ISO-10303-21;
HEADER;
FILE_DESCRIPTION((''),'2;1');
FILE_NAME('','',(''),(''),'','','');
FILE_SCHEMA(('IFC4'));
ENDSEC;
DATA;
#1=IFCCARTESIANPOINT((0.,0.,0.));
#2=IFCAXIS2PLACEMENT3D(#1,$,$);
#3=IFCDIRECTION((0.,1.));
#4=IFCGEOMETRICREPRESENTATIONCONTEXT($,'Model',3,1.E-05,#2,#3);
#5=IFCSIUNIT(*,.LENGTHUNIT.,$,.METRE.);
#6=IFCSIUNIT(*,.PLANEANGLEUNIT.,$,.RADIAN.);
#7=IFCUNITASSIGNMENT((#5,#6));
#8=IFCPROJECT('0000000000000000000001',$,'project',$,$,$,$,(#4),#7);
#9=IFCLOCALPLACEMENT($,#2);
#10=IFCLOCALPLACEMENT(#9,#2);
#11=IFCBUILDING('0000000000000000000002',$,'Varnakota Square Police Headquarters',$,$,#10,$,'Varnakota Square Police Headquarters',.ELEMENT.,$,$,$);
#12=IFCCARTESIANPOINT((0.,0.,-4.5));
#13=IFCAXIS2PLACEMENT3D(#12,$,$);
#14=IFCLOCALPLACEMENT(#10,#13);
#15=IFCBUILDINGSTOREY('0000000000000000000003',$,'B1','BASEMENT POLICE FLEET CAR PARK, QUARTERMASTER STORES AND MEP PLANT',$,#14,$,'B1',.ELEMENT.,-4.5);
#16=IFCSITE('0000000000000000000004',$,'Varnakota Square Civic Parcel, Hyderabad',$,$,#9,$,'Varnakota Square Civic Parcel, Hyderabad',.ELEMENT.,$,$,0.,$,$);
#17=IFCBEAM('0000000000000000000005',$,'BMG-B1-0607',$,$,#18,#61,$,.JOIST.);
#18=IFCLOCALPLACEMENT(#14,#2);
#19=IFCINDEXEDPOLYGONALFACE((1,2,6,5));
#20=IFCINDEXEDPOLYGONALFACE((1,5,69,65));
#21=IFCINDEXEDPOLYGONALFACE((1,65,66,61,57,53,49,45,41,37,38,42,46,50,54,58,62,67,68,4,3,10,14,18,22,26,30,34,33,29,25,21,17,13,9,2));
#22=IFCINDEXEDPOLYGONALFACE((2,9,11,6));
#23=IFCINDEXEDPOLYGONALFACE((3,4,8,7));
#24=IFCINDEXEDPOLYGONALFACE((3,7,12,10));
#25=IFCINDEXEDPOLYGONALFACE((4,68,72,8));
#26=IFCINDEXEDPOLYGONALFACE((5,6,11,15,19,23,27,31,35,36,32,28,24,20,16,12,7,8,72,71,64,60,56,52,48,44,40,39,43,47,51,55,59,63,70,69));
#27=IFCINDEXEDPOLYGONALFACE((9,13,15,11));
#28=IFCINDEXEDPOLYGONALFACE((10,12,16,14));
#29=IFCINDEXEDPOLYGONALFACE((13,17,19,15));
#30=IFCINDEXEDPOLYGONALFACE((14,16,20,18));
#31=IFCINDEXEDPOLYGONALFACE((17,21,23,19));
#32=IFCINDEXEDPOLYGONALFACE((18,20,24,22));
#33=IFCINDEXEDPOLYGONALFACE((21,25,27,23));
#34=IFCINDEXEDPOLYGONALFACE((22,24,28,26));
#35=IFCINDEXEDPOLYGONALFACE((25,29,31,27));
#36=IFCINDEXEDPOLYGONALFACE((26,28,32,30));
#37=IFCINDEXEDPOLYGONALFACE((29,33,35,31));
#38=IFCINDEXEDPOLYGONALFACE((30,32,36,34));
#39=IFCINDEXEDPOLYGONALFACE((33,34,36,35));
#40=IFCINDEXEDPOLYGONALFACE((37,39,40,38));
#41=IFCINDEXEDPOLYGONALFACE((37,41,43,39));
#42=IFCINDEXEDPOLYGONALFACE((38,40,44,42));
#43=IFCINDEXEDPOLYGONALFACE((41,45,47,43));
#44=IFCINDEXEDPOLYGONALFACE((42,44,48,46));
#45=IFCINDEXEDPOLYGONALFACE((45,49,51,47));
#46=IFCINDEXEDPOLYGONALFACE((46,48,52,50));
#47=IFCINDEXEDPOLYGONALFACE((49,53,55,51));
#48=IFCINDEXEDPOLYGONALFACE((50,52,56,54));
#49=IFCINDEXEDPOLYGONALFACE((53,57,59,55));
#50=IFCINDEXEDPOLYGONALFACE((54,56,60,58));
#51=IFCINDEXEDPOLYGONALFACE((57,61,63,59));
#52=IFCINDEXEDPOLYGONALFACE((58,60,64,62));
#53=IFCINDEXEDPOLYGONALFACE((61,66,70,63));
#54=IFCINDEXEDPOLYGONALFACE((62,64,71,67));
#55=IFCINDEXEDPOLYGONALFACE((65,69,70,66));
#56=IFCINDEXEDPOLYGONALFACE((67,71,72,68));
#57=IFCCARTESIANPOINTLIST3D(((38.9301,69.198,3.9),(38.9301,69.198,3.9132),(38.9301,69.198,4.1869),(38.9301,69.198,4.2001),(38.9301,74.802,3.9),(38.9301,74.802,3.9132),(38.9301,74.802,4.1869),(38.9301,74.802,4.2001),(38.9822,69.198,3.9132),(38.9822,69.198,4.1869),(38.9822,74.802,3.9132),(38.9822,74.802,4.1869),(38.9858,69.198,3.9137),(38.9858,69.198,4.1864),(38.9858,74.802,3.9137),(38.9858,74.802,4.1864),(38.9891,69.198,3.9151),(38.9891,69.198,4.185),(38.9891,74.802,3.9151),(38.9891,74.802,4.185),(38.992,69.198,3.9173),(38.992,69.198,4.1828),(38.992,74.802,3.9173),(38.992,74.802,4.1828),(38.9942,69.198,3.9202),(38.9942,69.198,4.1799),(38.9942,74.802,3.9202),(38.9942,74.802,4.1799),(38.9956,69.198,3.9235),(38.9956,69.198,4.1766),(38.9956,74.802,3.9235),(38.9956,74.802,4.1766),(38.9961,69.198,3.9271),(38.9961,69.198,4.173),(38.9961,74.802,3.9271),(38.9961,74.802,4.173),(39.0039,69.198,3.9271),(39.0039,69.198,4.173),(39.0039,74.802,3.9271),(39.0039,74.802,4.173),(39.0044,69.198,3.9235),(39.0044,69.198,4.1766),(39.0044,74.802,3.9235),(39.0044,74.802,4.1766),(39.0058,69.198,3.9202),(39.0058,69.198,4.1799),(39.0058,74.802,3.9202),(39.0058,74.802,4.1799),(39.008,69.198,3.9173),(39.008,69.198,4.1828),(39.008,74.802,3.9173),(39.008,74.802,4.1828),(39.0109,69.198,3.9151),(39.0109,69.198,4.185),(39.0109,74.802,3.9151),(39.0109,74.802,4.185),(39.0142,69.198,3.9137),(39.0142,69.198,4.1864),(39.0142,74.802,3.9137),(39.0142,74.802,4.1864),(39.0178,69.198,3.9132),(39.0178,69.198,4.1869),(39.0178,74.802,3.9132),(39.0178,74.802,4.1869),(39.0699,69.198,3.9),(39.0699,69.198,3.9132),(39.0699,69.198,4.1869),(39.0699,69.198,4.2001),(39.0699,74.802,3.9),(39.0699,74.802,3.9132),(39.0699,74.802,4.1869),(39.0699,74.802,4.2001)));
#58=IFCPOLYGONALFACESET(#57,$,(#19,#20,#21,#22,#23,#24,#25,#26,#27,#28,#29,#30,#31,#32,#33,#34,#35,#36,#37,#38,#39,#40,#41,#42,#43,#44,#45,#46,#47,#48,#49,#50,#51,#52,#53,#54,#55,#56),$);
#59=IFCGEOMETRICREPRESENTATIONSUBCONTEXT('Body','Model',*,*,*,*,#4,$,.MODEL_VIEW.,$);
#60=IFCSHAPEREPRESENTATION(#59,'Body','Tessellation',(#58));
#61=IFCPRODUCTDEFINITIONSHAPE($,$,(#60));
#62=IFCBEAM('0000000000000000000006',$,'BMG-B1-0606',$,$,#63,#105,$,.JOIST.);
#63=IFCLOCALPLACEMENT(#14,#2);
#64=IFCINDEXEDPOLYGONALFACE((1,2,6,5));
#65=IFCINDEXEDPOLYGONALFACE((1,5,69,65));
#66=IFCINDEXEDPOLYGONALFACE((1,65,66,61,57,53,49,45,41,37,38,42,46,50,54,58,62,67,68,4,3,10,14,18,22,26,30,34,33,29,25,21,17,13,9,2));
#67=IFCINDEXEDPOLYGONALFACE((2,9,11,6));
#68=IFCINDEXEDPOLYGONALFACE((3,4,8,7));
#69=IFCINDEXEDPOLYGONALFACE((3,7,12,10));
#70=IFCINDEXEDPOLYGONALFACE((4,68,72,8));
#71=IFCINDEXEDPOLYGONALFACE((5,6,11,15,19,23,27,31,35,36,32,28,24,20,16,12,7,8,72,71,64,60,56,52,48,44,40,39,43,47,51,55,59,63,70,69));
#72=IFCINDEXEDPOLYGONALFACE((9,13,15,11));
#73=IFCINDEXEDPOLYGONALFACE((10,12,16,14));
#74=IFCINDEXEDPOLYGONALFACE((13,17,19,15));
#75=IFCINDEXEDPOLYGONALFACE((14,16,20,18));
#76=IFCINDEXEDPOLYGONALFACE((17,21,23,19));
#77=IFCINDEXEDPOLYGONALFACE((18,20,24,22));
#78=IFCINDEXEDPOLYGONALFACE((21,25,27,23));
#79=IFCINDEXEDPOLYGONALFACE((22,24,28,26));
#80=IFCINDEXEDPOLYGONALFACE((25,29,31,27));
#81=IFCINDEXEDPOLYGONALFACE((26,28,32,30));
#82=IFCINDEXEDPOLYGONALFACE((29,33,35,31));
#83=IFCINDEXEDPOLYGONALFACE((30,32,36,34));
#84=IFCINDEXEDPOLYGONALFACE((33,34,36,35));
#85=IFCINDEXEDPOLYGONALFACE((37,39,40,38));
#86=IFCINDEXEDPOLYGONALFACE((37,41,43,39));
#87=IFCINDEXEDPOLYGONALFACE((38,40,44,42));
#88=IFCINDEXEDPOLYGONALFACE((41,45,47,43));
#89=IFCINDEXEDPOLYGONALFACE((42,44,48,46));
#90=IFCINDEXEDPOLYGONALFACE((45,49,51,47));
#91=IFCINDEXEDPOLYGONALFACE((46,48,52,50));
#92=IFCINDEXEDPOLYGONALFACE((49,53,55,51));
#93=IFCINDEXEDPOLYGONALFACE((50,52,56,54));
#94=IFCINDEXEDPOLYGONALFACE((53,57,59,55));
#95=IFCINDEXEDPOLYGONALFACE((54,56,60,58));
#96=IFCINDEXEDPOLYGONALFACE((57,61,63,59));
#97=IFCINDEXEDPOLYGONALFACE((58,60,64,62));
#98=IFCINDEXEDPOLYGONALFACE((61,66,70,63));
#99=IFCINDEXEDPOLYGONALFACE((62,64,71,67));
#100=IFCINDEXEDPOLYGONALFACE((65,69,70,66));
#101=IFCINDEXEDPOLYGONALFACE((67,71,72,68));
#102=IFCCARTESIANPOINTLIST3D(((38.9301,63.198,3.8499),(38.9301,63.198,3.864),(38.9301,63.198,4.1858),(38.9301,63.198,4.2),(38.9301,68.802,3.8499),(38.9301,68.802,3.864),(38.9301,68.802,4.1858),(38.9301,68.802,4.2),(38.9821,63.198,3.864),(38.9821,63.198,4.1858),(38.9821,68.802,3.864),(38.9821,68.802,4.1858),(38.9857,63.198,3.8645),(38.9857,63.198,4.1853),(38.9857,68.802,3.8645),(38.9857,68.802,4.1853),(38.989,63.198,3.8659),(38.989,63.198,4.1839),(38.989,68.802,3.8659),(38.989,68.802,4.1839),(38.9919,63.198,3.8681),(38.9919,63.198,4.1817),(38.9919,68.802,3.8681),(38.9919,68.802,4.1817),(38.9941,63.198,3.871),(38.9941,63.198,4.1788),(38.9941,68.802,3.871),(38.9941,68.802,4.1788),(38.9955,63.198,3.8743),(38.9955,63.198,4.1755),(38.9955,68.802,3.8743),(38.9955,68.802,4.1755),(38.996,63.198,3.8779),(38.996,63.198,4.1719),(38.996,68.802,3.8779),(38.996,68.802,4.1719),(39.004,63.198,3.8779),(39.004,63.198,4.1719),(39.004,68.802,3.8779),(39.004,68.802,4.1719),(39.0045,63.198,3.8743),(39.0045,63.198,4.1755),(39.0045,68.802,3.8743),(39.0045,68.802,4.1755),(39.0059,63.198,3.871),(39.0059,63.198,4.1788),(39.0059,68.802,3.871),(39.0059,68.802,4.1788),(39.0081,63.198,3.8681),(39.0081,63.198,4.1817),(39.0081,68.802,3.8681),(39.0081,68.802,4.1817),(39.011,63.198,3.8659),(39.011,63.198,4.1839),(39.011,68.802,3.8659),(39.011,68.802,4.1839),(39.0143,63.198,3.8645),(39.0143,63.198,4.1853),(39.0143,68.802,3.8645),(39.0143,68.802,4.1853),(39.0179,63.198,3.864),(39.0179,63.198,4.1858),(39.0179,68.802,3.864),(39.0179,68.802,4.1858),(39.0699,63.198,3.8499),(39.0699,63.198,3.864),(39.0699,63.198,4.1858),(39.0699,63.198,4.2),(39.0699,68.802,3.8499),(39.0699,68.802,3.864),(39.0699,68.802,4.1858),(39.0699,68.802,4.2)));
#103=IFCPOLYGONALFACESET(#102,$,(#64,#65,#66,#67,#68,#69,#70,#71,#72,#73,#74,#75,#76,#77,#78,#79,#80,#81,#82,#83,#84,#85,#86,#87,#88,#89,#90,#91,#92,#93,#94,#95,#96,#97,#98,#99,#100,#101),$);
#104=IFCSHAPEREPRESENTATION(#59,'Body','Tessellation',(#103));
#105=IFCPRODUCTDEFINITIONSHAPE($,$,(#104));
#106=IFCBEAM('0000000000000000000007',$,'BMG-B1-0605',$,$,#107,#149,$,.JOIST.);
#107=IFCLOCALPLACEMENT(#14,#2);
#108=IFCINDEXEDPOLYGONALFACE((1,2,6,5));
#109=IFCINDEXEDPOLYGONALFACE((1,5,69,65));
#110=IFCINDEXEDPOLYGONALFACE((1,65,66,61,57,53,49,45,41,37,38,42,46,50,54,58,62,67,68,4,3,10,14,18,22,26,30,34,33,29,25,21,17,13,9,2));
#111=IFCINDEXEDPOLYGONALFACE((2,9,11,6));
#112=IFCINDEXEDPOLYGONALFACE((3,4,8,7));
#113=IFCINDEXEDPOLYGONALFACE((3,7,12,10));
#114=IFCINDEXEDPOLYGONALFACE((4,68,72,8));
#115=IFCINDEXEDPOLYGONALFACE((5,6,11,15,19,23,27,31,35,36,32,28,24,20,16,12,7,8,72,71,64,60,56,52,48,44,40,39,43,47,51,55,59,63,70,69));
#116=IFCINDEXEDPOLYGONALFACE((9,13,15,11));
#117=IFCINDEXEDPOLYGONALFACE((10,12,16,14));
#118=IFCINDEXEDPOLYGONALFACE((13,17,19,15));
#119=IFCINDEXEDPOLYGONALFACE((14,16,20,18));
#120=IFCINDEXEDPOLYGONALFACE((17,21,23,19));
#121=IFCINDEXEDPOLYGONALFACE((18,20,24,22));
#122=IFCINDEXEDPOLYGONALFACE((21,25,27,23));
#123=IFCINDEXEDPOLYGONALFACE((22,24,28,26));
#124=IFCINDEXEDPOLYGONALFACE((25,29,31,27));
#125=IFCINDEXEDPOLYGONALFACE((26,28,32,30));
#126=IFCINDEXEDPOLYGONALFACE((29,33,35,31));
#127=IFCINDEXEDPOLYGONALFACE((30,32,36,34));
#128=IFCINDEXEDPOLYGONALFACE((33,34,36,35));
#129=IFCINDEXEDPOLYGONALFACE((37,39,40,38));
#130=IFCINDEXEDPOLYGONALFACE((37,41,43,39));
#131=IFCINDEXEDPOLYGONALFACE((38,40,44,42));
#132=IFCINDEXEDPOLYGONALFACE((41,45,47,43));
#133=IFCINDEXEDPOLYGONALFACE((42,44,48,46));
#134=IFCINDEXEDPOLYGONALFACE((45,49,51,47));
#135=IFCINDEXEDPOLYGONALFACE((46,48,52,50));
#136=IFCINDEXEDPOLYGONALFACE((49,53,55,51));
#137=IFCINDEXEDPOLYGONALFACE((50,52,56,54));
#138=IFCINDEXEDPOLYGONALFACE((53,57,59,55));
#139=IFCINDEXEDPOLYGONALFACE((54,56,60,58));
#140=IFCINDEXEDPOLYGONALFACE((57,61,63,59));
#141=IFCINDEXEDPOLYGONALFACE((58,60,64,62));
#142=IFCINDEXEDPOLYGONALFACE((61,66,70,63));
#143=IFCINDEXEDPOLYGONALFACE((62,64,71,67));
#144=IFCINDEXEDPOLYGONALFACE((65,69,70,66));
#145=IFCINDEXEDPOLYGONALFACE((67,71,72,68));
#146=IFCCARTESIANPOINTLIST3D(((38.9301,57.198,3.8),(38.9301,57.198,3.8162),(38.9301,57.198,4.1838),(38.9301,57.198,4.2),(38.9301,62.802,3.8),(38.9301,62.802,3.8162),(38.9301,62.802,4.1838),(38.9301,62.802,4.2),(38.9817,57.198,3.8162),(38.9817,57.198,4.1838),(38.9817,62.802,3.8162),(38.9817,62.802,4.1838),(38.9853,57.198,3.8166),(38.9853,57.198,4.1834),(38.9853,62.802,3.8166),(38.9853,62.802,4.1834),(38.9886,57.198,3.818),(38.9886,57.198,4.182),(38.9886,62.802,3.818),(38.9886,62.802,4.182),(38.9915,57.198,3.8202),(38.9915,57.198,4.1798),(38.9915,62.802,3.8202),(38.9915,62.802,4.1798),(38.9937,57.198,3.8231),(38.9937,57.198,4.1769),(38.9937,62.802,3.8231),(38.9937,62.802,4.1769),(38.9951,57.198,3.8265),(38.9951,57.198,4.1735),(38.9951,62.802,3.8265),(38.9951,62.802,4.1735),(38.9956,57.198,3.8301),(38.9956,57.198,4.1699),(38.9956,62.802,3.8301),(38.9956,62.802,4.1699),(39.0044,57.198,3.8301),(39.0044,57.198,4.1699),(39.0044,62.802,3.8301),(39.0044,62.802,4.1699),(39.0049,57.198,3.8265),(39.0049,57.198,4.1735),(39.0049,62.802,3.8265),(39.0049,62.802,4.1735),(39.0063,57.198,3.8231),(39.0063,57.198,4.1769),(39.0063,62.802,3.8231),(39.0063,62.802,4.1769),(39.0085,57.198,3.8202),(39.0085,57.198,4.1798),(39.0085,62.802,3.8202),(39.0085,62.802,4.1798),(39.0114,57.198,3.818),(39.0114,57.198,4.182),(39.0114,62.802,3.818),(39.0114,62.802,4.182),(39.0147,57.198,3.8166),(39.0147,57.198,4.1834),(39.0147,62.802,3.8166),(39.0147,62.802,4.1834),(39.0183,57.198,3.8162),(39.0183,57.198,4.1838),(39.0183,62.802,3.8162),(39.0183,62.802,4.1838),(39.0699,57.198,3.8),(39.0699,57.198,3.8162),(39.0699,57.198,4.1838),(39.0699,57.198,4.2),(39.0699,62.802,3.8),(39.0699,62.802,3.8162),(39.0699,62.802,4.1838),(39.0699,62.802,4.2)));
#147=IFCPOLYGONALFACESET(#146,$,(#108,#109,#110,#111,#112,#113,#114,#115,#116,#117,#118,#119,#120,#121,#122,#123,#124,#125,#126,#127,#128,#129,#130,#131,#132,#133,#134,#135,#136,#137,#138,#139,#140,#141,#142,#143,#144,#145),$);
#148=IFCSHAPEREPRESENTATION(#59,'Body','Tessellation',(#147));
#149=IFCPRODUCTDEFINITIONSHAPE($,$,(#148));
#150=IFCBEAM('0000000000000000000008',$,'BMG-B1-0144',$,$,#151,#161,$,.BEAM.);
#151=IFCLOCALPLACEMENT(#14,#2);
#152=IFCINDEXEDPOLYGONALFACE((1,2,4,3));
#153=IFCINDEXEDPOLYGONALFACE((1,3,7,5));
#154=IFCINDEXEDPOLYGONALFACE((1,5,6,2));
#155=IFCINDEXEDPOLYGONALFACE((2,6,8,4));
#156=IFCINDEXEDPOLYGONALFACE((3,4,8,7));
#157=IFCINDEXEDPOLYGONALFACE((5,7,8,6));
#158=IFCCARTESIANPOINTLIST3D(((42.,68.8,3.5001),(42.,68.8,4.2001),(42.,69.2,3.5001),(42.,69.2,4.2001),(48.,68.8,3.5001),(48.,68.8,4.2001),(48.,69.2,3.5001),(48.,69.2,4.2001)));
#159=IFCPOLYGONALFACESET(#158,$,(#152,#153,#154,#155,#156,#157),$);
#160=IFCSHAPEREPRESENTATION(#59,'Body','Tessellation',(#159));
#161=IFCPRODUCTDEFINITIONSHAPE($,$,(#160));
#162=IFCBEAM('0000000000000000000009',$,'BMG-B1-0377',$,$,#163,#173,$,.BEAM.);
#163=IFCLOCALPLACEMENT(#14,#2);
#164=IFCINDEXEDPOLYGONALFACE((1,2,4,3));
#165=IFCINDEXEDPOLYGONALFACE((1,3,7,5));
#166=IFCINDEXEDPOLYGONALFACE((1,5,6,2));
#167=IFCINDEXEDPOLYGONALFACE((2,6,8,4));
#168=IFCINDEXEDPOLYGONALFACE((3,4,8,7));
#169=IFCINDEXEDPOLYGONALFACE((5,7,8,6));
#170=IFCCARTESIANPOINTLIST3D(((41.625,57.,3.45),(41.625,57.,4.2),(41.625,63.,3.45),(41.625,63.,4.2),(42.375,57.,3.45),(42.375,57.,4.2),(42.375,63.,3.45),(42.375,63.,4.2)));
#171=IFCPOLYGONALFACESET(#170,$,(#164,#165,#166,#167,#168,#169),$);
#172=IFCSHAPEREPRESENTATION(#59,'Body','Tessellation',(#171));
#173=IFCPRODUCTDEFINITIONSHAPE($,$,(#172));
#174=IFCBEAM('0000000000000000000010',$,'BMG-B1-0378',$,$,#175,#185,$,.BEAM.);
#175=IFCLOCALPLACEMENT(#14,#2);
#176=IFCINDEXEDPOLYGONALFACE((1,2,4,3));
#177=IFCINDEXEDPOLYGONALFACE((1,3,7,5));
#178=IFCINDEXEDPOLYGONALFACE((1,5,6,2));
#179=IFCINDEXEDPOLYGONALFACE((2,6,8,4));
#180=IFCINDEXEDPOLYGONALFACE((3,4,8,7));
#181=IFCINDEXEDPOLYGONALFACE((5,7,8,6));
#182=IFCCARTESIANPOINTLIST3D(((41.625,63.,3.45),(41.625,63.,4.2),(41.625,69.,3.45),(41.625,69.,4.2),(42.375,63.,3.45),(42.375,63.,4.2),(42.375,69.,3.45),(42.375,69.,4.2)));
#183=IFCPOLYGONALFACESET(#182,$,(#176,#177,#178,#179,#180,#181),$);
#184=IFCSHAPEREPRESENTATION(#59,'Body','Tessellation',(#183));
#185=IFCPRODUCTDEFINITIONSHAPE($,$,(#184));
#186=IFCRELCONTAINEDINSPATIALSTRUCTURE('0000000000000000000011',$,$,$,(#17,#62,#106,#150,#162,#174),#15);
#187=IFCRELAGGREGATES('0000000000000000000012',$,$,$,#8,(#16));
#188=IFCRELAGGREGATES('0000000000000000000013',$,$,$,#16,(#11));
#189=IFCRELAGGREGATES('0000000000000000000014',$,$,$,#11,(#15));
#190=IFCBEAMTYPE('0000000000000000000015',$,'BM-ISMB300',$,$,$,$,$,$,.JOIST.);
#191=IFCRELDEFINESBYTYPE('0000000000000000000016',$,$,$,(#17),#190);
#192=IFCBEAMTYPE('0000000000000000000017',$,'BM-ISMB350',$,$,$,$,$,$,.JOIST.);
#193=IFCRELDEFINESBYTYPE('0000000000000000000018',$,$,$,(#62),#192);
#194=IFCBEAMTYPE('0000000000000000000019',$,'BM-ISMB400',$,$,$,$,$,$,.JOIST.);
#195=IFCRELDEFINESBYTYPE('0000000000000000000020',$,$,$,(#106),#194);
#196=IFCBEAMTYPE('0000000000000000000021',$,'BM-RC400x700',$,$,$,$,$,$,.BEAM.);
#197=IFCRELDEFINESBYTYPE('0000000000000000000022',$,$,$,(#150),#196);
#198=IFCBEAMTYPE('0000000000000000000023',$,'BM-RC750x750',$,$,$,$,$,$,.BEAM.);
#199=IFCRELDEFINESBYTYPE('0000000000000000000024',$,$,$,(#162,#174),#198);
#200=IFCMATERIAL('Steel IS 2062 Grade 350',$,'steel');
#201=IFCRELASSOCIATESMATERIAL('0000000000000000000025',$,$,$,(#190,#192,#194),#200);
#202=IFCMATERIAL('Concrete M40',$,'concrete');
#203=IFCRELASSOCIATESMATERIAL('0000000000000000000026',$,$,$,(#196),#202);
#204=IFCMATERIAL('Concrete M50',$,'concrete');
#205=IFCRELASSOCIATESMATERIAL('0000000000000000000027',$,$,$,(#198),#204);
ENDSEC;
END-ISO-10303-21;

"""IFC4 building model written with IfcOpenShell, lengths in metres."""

from ifc_helpers import new_model, si_unit, direction, frame, origin, origin_2d, place, context, subcontext, project, spatial, rectangle, i_section, extrude, material, material_profile, profile_set, type_object, element, save


model = new_model("IFC4")

# Units and contexts
model_context = context("Model", 3, precision=1e-05, world=origin(), true_north=direction((0.0, 1.0)))
body_context = subcontext(model_context, "Body", "Model", "MODEL_VIEW")
ifc_project = project(units=[si_unit("LENGTHUNIT", "METRE"), si_unit("PLANEANGLEUNIT", "RADIAN")], contexts=[model_context])

# Site, building, storey
site_placement = place(None, origin())
site = spatial("IfcSite", under=ifc_project, at=site_placement, Name="Varnakota Square Civic Parcel, Hyderabad", LongName="Varnakota Square Civic Parcel, Hyderabad", CompositionType="ELEMENT", RefElevation=0.0)
building_placement = place(site_placement, origin())
building = spatial("IfcBuilding", under=site, at=building_placement, Name="Varnakota Square Police Headquarters", LongName="Varnakota Square Police Headquarters", CompositionType="ELEMENT")
storey_placement = place(building_placement, frame((0.0, 0.0, -4.5)))
storey = spatial("IfcBuildingStorey", under=building, at=storey_placement, Name="B1", Description="BASEMENT POLICE FLEET CAR PARK, QUARTERMASTER STORES AND MEP PLANT", LongName="B1", CompositionType="ELEMENT", Elevation=-4.5)

# Shared definitions
ifc_material_1 = material(Name="Concrete M40", Category="concrete")
ifc_material_2 = material(Name="Concrete M50", Category="concrete")

# Beams
ifc_material_3 = material(Name="Steel IS 2062 Grade 350", Category="steel")
ifc_material_profile_1 = material_profile(ifc_material_3, i_section(OverallWidth=0.1399, OverallDepth=0.3, WebThickness=0.0078, FlangeThickness=0.0132, FilletRadius=0.0139, at=origin_2d()), Name="ISMB 300")
ifc_profile_set_1 = profile_set([ifc_material_profile_1], Name="Steel IS 2062 Grade 350")
beam_type_1 = type_object("IfcBeamType", Name="BM-ISMB300", PredefinedType="JOIST", material=ifc_profile_set_1)
beam_1_placement = place(storey_placement, frame((39.0, 69.198, 4.05), z_axis=(0.0, 1.0, 0.0), x_axis=(-1.0, 0.0, 0.0)))
element("IfcBeam", 1, at=beam_1_placement, inside=storey, type_object=beam_type_1, Name="BMG-B1-0607", PredefinedType="JOIST", context=body_context, shape_type="SweptSolid", body=[
    extrude(i_section(OverallWidth=0.1399, OverallDepth=0.3, WebThickness=0.0078, FlangeThickness=0.0132, FilletRadius=0.0139, at=origin_2d()), origin(), (0.0, 0.0, 1.0), 5.604),
])
ifc_material_profile_2 = material_profile(ifc_material_3, i_section(OverallWidth=0.1399, OverallDepth=0.3501, WebThickness=0.0081, FlangeThickness=0.0142, FilletRadius=0.0139, at=origin_2d()), Name="ISMB 350")
ifc_profile_set_2 = profile_set([ifc_material_profile_2], Name="Steel IS 2062 Grade 350")
beam_type_2 = type_object("IfcBeamType", Name="BM-ISMB350", PredefinedType="JOIST", material=ifc_profile_set_2)
beam_2_placement = place(storey_placement, frame((39.0, 63.198, 4.0249), z_axis=(0.0, 1.0, 0.0), x_axis=(-1.0, 0.0, 0.0)))
element("IfcBeam", 2, at=beam_2_placement, inside=storey, type_object=beam_type_2, Name="BMG-B1-0606", PredefinedType="JOIST", context=body_context, shape_type="SweptSolid", body=[
    extrude(i_section(OverallWidth=0.1399, OverallDepth=0.3501, WebThickness=0.0081, FlangeThickness=0.0142, FilletRadius=0.0139, at=origin_2d()), origin(), (0.0, 0.0, 1.0), 5.604),
])
ifc_material_profile_3 = material_profile(ifc_material_3, i_section(OverallWidth=0.1399, OverallDepth=0.3999, WebThickness=0.0088, FlangeThickness=0.0161, FilletRadius=0.0139, at=origin_2d()), Name="ISMB 400")
ifc_profile_set_3 = profile_set([ifc_material_profile_3], Name="Steel IS 2062 Grade 350")
beam_type_3 = type_object("IfcBeamType", Name="BM-ISMB400", PredefinedType="JOIST", material=ifc_profile_set_3)
beam_3_placement = place(storey_placement, frame((39.0, 57.198, 4.0), z_axis=(0.0, 1.0, 0.0), x_axis=(-1.0, 0.0, 0.0)))
element("IfcBeam", 3, at=beam_3_placement, inside=storey, type_object=beam_type_3, Name="BMG-B1-0605", PredefinedType="JOIST", context=body_context, shape_type="SweptSolid", body=[
    extrude(i_section(OverallWidth=0.1399, OverallDepth=0.3999, WebThickness=0.0088, FlangeThickness=0.0161, FilletRadius=0.0139, at=origin_2d()), origin(), (0.0, 0.0, 1.0), 5.604),
])
ifc_material_profile_4 = material_profile(ifc_material_1, rectangle(XDim=0.3999, YDim=0.7, at=origin_2d()), Name="RC 400x700")
ifc_profile_set_4 = profile_set([ifc_material_profile_4], Name="Concrete M40")
beam_type_4 = type_object("IfcBeamType", Name="BM-RC400x700", PredefinedType="BEAM", material=ifc_profile_set_4)
beam_4_placement = place(storey_placement, frame((42.0, 69.0, 3.8501), z_axis=(1.0, 0.0, 0.0), x_axis=(0.0, 1.0, 0.0)))
element("IfcBeam", 4, at=beam_4_placement, inside=storey, type_object=beam_type_4, Name="BMG-B1-0144", PredefinedType="BEAM", context=body_context, shape_type="SweptSolid", body=[
    extrude(rectangle(XDim=0.3999, YDim=0.7, at=origin_2d()), origin(), (0.0, 0.0, 1.0), 6.0),
])
ifc_material_profile_5 = material_profile(ifc_material_2, rectangle(XDim=0.75, YDim=0.75, at=origin_2d()), Name="RC 750x750")
ifc_profile_set_5 = profile_set([ifc_material_profile_5], Name="Concrete M50")
beam_type_5 = type_object("IfcBeamType", Name="BM-RC750x750", PredefinedType="BEAM", material=ifc_profile_set_5)
for number, where, z_axis, x_axis, name in (
    (5, (42.0, 57.0, 3.825), (0.0, 1.0, 0.0), (-1.0, 0.0, 0.0), "BMG-B1-0377"),
    (6, (42.0, 63.0, 3.825), (0.0, 1.0, 0.0), (-1.0, 0.0, 0.0), "BMG-B1-0378"),
):
    element("IfcBeam", number, at=place(storey_placement, frame(where, z_axis=z_axis, x_axis=x_axis)), inside=storey, type_object=beam_type_5, Name=name, PredefinedType="BEAM", context=body_context, shape_type="SweptSolid", body=[
        extrude(rectangle(XDim=0.75, YDim=0.75, at=origin_2d()), origin(), (0.0, 0.0, 1.0), 6.0),
    ])

save(model, "model.ifc")
